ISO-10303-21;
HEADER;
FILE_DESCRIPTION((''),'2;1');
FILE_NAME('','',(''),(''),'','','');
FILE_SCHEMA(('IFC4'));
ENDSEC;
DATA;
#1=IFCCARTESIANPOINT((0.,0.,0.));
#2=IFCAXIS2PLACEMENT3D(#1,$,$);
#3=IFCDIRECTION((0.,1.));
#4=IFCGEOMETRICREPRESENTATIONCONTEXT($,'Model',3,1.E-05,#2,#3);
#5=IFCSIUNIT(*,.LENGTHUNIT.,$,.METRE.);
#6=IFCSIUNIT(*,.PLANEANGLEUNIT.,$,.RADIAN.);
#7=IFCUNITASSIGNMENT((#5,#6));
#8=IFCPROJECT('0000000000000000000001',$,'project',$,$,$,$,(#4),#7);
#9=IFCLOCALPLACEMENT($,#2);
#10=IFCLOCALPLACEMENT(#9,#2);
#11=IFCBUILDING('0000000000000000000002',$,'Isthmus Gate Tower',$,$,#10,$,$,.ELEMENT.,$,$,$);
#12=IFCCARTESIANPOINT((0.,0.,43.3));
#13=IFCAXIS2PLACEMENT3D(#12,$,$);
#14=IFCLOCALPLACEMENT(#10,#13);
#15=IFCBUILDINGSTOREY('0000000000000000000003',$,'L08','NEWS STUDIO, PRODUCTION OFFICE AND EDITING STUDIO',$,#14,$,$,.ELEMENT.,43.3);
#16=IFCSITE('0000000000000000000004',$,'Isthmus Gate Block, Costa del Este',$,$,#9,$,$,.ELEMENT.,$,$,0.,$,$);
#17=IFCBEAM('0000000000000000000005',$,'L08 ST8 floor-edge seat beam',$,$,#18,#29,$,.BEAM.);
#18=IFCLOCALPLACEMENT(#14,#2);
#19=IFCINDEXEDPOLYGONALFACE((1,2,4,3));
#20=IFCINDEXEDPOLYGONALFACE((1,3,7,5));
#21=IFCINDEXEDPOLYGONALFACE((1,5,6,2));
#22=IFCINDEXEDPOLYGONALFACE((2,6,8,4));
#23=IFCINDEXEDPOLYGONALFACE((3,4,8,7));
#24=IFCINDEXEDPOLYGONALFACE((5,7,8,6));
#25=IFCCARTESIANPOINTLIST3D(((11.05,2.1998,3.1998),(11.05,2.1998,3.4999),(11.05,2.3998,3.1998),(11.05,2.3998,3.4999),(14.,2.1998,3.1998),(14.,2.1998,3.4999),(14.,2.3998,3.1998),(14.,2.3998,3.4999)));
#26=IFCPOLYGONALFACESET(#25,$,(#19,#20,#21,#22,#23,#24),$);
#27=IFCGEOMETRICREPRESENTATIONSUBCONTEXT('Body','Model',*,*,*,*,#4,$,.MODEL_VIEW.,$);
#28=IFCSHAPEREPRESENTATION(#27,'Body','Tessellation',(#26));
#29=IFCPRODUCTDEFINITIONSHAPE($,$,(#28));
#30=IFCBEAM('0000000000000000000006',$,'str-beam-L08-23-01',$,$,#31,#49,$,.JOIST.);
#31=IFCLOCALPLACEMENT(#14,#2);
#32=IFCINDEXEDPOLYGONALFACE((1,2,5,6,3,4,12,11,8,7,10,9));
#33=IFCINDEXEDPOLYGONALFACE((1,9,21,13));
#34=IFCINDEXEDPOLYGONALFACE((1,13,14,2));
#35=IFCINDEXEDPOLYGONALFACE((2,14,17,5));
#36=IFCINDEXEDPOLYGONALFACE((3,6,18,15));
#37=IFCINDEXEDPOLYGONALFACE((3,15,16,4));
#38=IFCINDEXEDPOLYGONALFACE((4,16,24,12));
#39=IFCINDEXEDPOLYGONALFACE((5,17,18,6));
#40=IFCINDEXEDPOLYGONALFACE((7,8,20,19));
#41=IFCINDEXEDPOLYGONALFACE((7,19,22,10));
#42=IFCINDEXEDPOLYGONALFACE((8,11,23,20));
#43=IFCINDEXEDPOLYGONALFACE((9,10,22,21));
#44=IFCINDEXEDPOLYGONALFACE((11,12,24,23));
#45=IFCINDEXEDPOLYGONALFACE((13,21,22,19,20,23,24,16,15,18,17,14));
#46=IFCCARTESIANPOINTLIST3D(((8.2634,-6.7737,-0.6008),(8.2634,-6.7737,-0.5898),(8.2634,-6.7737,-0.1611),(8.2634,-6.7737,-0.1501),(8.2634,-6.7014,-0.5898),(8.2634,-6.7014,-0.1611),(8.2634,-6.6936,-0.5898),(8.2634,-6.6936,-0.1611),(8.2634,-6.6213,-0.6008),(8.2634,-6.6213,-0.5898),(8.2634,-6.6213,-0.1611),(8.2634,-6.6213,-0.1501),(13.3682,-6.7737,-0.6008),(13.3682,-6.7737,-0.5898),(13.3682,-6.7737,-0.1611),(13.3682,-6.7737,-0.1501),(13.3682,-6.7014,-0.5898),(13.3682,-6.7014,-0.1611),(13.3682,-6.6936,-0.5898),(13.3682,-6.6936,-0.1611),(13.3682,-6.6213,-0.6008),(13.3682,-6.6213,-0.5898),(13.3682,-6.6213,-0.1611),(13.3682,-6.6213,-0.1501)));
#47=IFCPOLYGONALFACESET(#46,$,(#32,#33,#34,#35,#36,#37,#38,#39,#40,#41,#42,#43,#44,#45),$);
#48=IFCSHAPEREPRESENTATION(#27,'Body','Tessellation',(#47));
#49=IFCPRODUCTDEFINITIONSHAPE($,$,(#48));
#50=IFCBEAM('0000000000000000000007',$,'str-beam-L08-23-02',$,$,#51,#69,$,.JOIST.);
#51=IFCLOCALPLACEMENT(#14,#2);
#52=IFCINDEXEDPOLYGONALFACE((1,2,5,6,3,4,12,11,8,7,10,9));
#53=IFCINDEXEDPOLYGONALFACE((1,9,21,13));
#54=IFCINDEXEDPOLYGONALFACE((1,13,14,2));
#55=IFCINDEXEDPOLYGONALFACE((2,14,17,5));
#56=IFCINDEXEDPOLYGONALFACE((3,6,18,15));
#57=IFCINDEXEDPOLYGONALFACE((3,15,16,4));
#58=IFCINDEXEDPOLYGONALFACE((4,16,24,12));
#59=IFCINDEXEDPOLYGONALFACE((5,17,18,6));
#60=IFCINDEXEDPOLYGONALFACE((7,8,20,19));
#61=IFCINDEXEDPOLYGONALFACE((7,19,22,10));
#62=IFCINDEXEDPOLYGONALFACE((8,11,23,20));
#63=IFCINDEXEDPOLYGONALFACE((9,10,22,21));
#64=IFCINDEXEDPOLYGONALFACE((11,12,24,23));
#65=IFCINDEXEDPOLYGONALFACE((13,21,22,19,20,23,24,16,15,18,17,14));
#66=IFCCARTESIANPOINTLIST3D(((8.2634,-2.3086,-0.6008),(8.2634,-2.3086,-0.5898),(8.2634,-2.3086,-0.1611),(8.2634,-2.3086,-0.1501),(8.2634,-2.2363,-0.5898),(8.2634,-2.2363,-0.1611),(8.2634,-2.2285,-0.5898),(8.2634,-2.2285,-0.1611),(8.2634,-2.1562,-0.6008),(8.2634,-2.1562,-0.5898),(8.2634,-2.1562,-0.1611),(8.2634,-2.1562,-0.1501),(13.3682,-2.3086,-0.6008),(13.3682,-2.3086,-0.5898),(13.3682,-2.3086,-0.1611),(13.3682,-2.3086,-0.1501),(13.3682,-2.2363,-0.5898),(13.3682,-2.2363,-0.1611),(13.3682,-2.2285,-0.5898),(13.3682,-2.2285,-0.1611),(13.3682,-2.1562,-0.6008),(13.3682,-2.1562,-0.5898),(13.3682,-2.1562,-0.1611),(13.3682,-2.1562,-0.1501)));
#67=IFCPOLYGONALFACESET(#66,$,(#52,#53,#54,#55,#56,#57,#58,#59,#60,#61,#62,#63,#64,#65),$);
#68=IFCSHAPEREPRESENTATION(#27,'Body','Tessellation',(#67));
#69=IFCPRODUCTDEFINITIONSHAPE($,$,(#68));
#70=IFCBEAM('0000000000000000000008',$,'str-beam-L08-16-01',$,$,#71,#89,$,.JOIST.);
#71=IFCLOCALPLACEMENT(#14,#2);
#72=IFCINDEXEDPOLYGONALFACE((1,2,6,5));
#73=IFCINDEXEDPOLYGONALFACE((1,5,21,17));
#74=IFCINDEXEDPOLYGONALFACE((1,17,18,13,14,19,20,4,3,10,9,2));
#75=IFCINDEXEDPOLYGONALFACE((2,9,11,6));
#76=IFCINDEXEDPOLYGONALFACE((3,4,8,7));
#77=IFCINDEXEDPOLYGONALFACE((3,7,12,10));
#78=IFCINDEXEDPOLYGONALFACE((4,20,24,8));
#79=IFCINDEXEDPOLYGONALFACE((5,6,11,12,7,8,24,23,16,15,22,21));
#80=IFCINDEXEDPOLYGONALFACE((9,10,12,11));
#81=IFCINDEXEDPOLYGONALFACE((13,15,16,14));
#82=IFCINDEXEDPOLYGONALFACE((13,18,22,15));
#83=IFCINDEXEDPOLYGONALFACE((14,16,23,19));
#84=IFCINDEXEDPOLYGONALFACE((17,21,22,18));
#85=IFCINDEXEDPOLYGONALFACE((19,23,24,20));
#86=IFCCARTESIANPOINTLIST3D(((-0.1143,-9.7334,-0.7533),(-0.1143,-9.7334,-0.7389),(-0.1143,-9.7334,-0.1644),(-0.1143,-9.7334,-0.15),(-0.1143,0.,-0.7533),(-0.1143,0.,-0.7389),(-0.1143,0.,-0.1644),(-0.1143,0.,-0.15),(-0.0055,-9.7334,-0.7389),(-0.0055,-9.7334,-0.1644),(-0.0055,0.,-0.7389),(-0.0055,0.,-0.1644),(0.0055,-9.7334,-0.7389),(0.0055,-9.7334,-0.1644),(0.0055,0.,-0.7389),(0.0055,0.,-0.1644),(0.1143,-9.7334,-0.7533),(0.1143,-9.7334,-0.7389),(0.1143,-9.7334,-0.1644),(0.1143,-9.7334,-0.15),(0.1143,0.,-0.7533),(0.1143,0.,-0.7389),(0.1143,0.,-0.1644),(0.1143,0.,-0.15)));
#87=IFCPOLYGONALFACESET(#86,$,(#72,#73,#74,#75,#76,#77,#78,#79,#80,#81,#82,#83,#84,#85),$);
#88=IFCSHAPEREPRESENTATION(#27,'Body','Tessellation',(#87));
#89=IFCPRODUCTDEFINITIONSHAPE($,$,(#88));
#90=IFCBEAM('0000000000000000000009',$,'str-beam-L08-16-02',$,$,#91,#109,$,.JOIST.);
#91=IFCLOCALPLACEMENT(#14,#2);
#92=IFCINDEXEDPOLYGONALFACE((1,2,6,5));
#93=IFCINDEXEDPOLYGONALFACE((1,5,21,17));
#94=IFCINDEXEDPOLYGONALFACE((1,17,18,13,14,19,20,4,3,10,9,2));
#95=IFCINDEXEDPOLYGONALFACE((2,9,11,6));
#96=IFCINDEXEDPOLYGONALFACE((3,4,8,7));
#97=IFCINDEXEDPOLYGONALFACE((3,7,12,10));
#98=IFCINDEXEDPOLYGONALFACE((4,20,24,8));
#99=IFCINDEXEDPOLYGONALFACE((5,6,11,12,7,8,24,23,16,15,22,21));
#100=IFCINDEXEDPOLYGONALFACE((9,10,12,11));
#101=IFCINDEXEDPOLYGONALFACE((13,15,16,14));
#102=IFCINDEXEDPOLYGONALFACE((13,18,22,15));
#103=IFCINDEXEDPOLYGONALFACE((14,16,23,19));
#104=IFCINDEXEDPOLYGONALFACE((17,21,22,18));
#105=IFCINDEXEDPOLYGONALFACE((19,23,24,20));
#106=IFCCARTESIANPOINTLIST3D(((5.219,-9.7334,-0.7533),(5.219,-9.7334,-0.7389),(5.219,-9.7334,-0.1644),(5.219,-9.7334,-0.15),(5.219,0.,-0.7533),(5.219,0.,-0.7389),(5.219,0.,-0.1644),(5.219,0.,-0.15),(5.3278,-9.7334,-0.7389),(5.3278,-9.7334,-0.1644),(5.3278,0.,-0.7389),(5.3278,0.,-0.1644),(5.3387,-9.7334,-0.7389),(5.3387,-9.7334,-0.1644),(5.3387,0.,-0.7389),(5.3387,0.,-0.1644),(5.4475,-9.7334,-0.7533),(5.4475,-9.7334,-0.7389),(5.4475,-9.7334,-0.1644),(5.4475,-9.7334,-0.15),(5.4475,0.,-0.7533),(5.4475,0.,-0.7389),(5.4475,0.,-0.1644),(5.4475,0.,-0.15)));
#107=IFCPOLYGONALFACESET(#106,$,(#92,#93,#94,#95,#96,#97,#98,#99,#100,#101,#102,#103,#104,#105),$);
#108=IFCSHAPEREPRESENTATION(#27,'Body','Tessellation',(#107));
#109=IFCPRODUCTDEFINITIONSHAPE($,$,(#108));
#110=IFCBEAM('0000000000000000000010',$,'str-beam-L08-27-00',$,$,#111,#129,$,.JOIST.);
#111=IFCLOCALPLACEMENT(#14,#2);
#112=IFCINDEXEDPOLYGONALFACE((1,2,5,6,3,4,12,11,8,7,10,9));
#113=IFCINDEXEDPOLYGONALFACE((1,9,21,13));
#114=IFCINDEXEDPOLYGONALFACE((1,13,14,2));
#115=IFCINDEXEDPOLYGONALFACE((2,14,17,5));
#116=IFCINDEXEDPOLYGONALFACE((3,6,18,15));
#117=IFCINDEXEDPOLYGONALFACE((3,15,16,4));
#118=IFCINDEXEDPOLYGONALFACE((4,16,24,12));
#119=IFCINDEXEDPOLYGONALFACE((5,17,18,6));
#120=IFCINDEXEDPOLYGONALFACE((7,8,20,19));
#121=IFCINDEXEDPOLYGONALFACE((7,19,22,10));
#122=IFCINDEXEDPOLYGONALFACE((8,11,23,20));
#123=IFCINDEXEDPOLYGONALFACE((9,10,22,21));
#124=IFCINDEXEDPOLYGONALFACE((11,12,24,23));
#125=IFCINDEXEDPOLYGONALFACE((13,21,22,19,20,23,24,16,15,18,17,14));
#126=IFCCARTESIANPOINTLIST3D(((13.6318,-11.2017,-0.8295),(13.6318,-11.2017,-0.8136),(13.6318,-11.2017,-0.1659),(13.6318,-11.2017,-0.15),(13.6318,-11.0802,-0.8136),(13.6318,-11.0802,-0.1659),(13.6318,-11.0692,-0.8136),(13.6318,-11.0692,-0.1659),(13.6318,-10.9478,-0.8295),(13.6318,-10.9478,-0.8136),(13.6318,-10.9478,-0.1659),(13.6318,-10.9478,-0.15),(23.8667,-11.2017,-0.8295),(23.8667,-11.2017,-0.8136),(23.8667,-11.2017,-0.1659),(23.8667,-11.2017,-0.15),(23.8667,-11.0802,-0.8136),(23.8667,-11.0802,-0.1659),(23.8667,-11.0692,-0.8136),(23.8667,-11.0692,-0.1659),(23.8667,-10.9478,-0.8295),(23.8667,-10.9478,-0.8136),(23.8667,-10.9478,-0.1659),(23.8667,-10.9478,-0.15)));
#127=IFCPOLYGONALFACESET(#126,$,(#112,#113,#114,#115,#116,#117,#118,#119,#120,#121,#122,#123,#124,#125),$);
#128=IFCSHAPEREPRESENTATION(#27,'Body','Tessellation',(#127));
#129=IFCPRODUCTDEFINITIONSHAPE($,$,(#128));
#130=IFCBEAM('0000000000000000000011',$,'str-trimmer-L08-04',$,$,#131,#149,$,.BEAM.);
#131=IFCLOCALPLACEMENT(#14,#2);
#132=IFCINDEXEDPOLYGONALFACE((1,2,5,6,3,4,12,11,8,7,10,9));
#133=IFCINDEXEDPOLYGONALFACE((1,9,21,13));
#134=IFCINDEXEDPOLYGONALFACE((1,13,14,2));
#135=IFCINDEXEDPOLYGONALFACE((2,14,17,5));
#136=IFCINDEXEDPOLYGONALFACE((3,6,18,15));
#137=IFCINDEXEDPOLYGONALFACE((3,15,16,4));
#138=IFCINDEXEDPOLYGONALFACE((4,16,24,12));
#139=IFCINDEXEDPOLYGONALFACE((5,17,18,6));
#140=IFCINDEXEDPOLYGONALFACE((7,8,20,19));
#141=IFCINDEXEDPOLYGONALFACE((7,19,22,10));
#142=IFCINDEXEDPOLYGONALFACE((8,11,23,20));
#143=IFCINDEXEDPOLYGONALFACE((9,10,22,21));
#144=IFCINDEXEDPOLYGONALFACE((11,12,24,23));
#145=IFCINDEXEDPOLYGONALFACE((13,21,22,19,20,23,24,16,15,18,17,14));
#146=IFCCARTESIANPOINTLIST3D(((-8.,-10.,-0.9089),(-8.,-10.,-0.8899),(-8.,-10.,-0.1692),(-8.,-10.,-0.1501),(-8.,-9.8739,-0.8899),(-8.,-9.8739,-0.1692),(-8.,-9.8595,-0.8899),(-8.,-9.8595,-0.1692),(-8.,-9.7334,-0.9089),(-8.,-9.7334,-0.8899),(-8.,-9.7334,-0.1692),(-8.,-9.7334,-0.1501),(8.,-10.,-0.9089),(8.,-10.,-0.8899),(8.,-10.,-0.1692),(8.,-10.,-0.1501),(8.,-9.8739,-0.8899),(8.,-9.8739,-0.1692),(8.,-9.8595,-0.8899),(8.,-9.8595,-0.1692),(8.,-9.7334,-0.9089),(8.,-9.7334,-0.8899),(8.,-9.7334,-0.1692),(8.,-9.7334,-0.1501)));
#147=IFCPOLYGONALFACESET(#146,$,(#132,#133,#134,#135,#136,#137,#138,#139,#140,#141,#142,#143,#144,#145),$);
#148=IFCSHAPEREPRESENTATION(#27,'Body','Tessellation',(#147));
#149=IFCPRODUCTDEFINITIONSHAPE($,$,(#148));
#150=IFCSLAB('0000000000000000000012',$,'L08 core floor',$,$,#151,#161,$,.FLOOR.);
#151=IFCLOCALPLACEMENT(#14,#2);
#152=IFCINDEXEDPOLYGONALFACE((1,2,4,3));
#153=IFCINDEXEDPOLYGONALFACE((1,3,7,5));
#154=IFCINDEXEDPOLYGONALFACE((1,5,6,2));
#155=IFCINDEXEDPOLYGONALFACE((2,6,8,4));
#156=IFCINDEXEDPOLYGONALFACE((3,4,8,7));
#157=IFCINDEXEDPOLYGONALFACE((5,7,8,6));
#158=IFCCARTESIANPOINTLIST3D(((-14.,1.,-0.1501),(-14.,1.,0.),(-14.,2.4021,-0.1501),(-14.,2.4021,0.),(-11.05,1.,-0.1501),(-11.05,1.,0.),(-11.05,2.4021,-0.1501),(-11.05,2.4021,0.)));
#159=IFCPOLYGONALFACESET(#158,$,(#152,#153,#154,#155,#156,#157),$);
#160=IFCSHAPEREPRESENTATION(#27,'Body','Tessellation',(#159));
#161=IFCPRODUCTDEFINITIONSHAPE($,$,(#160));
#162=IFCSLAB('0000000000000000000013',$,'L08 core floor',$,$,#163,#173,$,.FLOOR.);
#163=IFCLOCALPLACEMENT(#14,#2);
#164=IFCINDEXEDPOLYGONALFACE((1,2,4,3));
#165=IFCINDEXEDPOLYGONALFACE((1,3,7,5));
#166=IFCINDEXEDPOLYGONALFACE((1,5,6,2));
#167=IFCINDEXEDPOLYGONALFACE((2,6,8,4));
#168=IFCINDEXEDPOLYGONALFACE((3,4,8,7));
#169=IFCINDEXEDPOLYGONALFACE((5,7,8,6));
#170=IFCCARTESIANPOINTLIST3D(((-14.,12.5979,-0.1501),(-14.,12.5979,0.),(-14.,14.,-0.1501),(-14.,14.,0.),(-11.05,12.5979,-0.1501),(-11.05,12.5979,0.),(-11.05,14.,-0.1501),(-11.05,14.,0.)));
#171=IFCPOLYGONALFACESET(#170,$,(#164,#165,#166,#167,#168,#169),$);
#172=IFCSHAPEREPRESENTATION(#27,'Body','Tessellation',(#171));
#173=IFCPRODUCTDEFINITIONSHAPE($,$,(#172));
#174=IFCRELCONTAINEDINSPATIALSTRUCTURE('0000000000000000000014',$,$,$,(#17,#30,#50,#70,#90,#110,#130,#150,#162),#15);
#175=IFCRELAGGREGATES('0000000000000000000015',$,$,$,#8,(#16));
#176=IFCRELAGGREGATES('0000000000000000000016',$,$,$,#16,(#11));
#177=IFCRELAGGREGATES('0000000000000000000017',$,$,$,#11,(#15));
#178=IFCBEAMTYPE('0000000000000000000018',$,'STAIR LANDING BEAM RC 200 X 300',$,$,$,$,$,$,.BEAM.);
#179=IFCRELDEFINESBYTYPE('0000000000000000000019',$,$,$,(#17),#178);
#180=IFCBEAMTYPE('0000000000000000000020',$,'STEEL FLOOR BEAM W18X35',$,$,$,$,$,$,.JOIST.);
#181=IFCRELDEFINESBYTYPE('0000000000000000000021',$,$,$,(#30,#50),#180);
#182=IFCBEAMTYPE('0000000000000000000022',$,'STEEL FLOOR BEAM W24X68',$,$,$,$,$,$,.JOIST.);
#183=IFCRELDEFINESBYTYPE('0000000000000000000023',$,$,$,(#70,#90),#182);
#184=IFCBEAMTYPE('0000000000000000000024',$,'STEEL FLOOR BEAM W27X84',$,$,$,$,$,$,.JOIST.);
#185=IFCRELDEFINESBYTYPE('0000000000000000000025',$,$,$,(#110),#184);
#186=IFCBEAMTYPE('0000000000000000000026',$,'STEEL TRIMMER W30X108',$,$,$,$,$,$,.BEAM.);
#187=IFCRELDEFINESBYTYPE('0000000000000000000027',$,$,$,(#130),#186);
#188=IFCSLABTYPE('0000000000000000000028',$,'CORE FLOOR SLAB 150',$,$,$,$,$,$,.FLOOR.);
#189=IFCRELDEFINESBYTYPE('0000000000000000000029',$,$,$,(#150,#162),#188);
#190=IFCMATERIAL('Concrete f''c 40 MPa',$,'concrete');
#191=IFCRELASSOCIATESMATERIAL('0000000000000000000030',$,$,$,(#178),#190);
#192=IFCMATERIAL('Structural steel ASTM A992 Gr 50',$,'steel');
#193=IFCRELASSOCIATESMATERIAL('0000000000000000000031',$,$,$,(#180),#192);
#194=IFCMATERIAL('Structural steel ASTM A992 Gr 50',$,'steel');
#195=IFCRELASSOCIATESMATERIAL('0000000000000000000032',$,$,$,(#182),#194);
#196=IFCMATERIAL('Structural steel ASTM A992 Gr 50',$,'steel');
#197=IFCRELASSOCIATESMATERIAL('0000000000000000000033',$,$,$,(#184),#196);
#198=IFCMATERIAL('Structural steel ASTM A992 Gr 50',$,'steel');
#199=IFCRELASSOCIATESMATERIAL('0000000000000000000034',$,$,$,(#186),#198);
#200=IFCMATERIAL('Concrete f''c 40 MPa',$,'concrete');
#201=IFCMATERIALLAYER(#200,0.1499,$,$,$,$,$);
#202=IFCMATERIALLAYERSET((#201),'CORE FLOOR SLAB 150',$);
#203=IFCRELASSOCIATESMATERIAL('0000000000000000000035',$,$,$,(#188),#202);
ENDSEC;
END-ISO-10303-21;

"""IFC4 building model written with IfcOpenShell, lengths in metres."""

from ifc_helpers import new_model, si_unit, direction, frame, origin, origin_2d, place, context, subcontext, project, spatial, polyline, rectangle, i_section, outline, extrude, material, layer, layer_set, material_profile, profile_set, type_object, element, save


model = new_model("IFC4")

# Units and contexts
model_context = context("Model", 3, precision=1e-05, world=origin(), true_north=direction((0.0, 1.0)))
body_context = subcontext(model_context, "Body", "Model", "MODEL_VIEW")
ifc_project = project(units=[si_unit("LENGTHUNIT", "METRE"), si_unit("PLANEANGLEUNIT", "RADIAN")], contexts=[model_context])

# Site, building, storey
site_placement = place(None, origin())
site = spatial("IfcSite", under=ifc_project, at=site_placement, Name="Isthmus Gate Block, Costa del Este", CompositionType="ELEMENT", RefElevation=0.0)
building_placement = place(site_placement, origin())
building = spatial("IfcBuilding", under=site, at=building_placement, Name="Isthmus Gate Tower", CompositionType="ELEMENT")
storey_placement = place(building_placement, frame((0.0, 0.0, 43.3)))
storey = spatial("IfcBuildingStorey", under=building, at=storey_placement, Name="L08", Description="NEWS STUDIO, PRODUCTION OFFICE AND EDITING STUDIO", CompositionType="ELEMENT", Elevation=43.3)

# Beams
ifc_material_1 = material(Name="Concrete f'c 40 MPa", Category="concrete")
ifc_material_profile_1 = material_profile(ifc_material_1, rectangle(XDim=0.2, YDim=0.3, at=origin_2d()), Name="STAIR LANDING BEAM RC 200 X 300")
ifc_profile_set_1 = profile_set([ifc_material_profile_1], Name="Concrete f'c 40 MPa")
beam_type_1 = type_object("IfcBeamType", Name="STAIR LANDING BEAM RC 200 X 300", PredefinedType="BEAM", material=ifc_profile_set_1)
beam_1_placement = place(storey_placement, frame((11.05, 2.2998, 3.3499), z_axis=(1.0, 0.0, 0.0), x_axis=(0.0, 1.0, 0.0)))
element("IfcBeam", 1, at=beam_1_placement, inside=storey, type_object=beam_type_1, Name="L08 ST8 floor-edge seat beam", PredefinedType="BEAM", context=body_context, shape_type="SweptSolid", body=[
    extrude(rectangle(XDim=0.2, YDim=0.3, at=origin_2d()), origin(), (0.0, 0.0, 1.0), 2.95),
])
ifc_material_2 = material(Name="Structural steel ASTM A992 Gr 50", Category="steel")
ifc_material_profile_2 = material_profile(ifc_material_2, i_section(OverallWidth=0.1523, OverallDepth=0.4507, WebThickness=0.0078, FlangeThickness=0.011, at=origin_2d()), Name="W18X35")
ifc_profile_set_2 = profile_set([ifc_material_profile_2], Name="Structural steel ASTM A992 Gr 50")
beam_type_2 = type_object("IfcBeamType", Name="STEEL FLOOR BEAM W18X35", PredefinedType="JOIST", material=ifc_profile_set_2)
for number, where, z_axis, x_axis, name in (
    (2, (8.2634, -6.6975, -0.3755), (1.0, 0.0, 0.0), (0.0, 1.0, 0.0), "str-beam-L08-23-01"),
    (3, (8.2634, -2.2324, -0.3755), (1.0, 0.0, 0.0), (0.0, 1.0, 0.0), "str-beam-L08-23-02"),
):
    element("IfcBeam", number, at=place(storey_placement, frame(where, z_axis=z_axis, x_axis=x_axis)), inside=storey, type_object=beam_type_2, Name=name, PredefinedType="JOIST", context=body_context, shape_type="SweptSolid", body=[
        extrude(i_section(OverallWidth=0.1523, OverallDepth=0.4507, WebThickness=0.0078, FlangeThickness=0.011, at=origin_2d()), origin(), (0.0, 0.0, 1.0), 5.1047),
    ])
ifc_material_3 = material(Name="Structural steel ASTM A992 Gr 50", Category="steel")
ifc_material_profile_3 = material_profile(ifc_material_3, i_section(OverallWidth=0.2285, OverallDepth=0.6033, WebThickness=0.011, FlangeThickness=0.0144, at=origin_2d()), Name="W24X68")
ifc_profile_set_3 = profile_set([ifc_material_profile_3], Name="Structural steel ASTM A992 Gr 50")
beam_type_3 = type_object("IfcBeamType", Name="STEEL FLOOR BEAM W24X68", PredefinedType="JOIST", material=ifc_profile_set_3)
for number, where, z_axis, x_axis, name in (
    (4, (0.0, -9.7334, -0.4517), (0.0, 1.0, 0.0), (-1.0, 0.0, 0.0), "str-beam-L08-16-01"),
    (5, (5.3333, -9.7334, -0.4517), (0.0, 1.0, 0.0), (-1.0, 0.0, 0.0), "str-beam-L08-16-02"),
):
    element("IfcBeam", number, at=place(storey_placement, frame(where, z_axis=z_axis, x_axis=x_axis)), inside=storey, type_object=beam_type_3, Name=name, PredefinedType="JOIST", context=body_context, shape_type="SweptSolid", body=[
        extrude(i_section(OverallWidth=0.2285, OverallDepth=0.6033, WebThickness=0.011, FlangeThickness=0.0144, at=origin_2d()), origin(), (0.0, 0.0, 1.0), 9.7334),
    ])
ifc_material_4 = material(Name="Structural steel ASTM A992 Gr 50", Category="steel")
ifc_material_profile_4 = material_profile(ifc_material_4, i_section(OverallWidth=0.2539, OverallDepth=0.6794, WebThickness=0.011, FlangeThickness=0.0159, at=origin_2d()), Name="W27X84")
ifc_profile_set_4 = profile_set([ifc_material_profile_4], Name="Structural steel ASTM A992 Gr 50")
beam_type_4 = type_object("IfcBeamType", Name="STEEL FLOOR BEAM W27X84", PredefinedType="JOIST", material=ifc_profile_set_4)
beam_2_placement = place(storey_placement, frame((13.6318, -11.0747, -0.4897), z_axis=(1.0, 0.0, 0.0), x_axis=(0.0, 1.0, 0.0)))
element("IfcBeam", 6, at=beam_2_placement, inside=storey, type_object=beam_type_4, Name="str-beam-L08-27-00", PredefinedType="JOIST", context=body_context, shape_type="SweptSolid", body=[
    extrude(i_section(OverallWidth=0.2539, OverallDepth=0.6794, WebThickness=0.011, FlangeThickness=0.0159, at=origin_2d()), origin(), (0.0, 0.0, 1.0), 10.2349),
])
ifc_material_5 = material(Name="Structural steel ASTM A992 Gr 50", Category="steel")
ifc_material_profile_5 = material_profile(ifc_material_5, i_section(OverallWidth=0.2666, OverallDepth=0.7588, WebThickness=0.0144, FlangeThickness=0.019, at=origin_2d()), Name="W30X108")
ifc_profile_set_5 = profile_set([ifc_material_profile_5], Name="Structural steel ASTM A992 Gr 50")
beam_type_5 = type_object("IfcBeamType", Name="STEEL TRIMMER W30X108", PredefinedType="BEAM", material=ifc_profile_set_5)
beam_3_placement = place(storey_placement, frame((8.0, -9.8667, -0.5295), z_axis=(-1.0, 0.0, 0.0), x_axis=(0.0, -1.0, 0.0)))
element("IfcBeam", 7, at=beam_3_placement, inside=storey, type_object=beam_type_5, Name="str-trimmer-L08-04", PredefinedType="BEAM", context=body_context, shape_type="SweptSolid", body=[
    extrude(i_section(OverallWidth=0.2666, OverallDepth=0.7588, WebThickness=0.0144, FlangeThickness=0.019, at=origin_2d()), origin(), (0.0, 0.0, 1.0), 16.0),
])

# Slabs
ifc_material_6 = material(Name="Concrete f'c 40 MPa", Category="concrete")
ifc_layer_1 = layer(ifc_material_6, 0.1499)
ifc_layer_set_1 = layer_set([ifc_layer_1], Name="CORE FLOOR SLAB 150")
slab_type_1 = type_object("IfcSlabType", Name="CORE FLOOR SLAB 150", PredefinedType="FLOOR", material=ifc_layer_set_1)
slab_1_placement = place(storey_placement, frame((0.0, 0.0, -0.1501)))
element("IfcSlab", 8, at=slab_1_placement, inside=storey, type_object=slab_type_1, Name="L08 core floor", PredefinedType="FLOOR", context=body_context, shape_type="SweptSolid", body=[
    extrude(outline(polyline([(-11.05, 1.0), (-11.05, 2.4021), (-14.0, 2.4021), (-14.0, 1.0), (-11.05, 1.0)])), origin(), (0.0, 0.0, 1.0), 0.1501),
])
slab_2_placement = place(storey_placement, frame((0.0, 0.0, -0.1501)))
element("IfcSlab", 9, at=slab_2_placement, inside=storey, type_object=slab_type_1, Name="L08 core floor", PredefinedType="FLOOR", context=body_context, shape_type="SweptSolid", body=[
    extrude(outline(polyline([(-14.0, 14.0), (-14.0, 12.5979), (-11.05, 12.5979), (-11.05, 14.0), (-14.0, 14.0)])), origin(), (0.0, 0.0, 1.0), 0.1501),
])

save(model, "model.ifc")
